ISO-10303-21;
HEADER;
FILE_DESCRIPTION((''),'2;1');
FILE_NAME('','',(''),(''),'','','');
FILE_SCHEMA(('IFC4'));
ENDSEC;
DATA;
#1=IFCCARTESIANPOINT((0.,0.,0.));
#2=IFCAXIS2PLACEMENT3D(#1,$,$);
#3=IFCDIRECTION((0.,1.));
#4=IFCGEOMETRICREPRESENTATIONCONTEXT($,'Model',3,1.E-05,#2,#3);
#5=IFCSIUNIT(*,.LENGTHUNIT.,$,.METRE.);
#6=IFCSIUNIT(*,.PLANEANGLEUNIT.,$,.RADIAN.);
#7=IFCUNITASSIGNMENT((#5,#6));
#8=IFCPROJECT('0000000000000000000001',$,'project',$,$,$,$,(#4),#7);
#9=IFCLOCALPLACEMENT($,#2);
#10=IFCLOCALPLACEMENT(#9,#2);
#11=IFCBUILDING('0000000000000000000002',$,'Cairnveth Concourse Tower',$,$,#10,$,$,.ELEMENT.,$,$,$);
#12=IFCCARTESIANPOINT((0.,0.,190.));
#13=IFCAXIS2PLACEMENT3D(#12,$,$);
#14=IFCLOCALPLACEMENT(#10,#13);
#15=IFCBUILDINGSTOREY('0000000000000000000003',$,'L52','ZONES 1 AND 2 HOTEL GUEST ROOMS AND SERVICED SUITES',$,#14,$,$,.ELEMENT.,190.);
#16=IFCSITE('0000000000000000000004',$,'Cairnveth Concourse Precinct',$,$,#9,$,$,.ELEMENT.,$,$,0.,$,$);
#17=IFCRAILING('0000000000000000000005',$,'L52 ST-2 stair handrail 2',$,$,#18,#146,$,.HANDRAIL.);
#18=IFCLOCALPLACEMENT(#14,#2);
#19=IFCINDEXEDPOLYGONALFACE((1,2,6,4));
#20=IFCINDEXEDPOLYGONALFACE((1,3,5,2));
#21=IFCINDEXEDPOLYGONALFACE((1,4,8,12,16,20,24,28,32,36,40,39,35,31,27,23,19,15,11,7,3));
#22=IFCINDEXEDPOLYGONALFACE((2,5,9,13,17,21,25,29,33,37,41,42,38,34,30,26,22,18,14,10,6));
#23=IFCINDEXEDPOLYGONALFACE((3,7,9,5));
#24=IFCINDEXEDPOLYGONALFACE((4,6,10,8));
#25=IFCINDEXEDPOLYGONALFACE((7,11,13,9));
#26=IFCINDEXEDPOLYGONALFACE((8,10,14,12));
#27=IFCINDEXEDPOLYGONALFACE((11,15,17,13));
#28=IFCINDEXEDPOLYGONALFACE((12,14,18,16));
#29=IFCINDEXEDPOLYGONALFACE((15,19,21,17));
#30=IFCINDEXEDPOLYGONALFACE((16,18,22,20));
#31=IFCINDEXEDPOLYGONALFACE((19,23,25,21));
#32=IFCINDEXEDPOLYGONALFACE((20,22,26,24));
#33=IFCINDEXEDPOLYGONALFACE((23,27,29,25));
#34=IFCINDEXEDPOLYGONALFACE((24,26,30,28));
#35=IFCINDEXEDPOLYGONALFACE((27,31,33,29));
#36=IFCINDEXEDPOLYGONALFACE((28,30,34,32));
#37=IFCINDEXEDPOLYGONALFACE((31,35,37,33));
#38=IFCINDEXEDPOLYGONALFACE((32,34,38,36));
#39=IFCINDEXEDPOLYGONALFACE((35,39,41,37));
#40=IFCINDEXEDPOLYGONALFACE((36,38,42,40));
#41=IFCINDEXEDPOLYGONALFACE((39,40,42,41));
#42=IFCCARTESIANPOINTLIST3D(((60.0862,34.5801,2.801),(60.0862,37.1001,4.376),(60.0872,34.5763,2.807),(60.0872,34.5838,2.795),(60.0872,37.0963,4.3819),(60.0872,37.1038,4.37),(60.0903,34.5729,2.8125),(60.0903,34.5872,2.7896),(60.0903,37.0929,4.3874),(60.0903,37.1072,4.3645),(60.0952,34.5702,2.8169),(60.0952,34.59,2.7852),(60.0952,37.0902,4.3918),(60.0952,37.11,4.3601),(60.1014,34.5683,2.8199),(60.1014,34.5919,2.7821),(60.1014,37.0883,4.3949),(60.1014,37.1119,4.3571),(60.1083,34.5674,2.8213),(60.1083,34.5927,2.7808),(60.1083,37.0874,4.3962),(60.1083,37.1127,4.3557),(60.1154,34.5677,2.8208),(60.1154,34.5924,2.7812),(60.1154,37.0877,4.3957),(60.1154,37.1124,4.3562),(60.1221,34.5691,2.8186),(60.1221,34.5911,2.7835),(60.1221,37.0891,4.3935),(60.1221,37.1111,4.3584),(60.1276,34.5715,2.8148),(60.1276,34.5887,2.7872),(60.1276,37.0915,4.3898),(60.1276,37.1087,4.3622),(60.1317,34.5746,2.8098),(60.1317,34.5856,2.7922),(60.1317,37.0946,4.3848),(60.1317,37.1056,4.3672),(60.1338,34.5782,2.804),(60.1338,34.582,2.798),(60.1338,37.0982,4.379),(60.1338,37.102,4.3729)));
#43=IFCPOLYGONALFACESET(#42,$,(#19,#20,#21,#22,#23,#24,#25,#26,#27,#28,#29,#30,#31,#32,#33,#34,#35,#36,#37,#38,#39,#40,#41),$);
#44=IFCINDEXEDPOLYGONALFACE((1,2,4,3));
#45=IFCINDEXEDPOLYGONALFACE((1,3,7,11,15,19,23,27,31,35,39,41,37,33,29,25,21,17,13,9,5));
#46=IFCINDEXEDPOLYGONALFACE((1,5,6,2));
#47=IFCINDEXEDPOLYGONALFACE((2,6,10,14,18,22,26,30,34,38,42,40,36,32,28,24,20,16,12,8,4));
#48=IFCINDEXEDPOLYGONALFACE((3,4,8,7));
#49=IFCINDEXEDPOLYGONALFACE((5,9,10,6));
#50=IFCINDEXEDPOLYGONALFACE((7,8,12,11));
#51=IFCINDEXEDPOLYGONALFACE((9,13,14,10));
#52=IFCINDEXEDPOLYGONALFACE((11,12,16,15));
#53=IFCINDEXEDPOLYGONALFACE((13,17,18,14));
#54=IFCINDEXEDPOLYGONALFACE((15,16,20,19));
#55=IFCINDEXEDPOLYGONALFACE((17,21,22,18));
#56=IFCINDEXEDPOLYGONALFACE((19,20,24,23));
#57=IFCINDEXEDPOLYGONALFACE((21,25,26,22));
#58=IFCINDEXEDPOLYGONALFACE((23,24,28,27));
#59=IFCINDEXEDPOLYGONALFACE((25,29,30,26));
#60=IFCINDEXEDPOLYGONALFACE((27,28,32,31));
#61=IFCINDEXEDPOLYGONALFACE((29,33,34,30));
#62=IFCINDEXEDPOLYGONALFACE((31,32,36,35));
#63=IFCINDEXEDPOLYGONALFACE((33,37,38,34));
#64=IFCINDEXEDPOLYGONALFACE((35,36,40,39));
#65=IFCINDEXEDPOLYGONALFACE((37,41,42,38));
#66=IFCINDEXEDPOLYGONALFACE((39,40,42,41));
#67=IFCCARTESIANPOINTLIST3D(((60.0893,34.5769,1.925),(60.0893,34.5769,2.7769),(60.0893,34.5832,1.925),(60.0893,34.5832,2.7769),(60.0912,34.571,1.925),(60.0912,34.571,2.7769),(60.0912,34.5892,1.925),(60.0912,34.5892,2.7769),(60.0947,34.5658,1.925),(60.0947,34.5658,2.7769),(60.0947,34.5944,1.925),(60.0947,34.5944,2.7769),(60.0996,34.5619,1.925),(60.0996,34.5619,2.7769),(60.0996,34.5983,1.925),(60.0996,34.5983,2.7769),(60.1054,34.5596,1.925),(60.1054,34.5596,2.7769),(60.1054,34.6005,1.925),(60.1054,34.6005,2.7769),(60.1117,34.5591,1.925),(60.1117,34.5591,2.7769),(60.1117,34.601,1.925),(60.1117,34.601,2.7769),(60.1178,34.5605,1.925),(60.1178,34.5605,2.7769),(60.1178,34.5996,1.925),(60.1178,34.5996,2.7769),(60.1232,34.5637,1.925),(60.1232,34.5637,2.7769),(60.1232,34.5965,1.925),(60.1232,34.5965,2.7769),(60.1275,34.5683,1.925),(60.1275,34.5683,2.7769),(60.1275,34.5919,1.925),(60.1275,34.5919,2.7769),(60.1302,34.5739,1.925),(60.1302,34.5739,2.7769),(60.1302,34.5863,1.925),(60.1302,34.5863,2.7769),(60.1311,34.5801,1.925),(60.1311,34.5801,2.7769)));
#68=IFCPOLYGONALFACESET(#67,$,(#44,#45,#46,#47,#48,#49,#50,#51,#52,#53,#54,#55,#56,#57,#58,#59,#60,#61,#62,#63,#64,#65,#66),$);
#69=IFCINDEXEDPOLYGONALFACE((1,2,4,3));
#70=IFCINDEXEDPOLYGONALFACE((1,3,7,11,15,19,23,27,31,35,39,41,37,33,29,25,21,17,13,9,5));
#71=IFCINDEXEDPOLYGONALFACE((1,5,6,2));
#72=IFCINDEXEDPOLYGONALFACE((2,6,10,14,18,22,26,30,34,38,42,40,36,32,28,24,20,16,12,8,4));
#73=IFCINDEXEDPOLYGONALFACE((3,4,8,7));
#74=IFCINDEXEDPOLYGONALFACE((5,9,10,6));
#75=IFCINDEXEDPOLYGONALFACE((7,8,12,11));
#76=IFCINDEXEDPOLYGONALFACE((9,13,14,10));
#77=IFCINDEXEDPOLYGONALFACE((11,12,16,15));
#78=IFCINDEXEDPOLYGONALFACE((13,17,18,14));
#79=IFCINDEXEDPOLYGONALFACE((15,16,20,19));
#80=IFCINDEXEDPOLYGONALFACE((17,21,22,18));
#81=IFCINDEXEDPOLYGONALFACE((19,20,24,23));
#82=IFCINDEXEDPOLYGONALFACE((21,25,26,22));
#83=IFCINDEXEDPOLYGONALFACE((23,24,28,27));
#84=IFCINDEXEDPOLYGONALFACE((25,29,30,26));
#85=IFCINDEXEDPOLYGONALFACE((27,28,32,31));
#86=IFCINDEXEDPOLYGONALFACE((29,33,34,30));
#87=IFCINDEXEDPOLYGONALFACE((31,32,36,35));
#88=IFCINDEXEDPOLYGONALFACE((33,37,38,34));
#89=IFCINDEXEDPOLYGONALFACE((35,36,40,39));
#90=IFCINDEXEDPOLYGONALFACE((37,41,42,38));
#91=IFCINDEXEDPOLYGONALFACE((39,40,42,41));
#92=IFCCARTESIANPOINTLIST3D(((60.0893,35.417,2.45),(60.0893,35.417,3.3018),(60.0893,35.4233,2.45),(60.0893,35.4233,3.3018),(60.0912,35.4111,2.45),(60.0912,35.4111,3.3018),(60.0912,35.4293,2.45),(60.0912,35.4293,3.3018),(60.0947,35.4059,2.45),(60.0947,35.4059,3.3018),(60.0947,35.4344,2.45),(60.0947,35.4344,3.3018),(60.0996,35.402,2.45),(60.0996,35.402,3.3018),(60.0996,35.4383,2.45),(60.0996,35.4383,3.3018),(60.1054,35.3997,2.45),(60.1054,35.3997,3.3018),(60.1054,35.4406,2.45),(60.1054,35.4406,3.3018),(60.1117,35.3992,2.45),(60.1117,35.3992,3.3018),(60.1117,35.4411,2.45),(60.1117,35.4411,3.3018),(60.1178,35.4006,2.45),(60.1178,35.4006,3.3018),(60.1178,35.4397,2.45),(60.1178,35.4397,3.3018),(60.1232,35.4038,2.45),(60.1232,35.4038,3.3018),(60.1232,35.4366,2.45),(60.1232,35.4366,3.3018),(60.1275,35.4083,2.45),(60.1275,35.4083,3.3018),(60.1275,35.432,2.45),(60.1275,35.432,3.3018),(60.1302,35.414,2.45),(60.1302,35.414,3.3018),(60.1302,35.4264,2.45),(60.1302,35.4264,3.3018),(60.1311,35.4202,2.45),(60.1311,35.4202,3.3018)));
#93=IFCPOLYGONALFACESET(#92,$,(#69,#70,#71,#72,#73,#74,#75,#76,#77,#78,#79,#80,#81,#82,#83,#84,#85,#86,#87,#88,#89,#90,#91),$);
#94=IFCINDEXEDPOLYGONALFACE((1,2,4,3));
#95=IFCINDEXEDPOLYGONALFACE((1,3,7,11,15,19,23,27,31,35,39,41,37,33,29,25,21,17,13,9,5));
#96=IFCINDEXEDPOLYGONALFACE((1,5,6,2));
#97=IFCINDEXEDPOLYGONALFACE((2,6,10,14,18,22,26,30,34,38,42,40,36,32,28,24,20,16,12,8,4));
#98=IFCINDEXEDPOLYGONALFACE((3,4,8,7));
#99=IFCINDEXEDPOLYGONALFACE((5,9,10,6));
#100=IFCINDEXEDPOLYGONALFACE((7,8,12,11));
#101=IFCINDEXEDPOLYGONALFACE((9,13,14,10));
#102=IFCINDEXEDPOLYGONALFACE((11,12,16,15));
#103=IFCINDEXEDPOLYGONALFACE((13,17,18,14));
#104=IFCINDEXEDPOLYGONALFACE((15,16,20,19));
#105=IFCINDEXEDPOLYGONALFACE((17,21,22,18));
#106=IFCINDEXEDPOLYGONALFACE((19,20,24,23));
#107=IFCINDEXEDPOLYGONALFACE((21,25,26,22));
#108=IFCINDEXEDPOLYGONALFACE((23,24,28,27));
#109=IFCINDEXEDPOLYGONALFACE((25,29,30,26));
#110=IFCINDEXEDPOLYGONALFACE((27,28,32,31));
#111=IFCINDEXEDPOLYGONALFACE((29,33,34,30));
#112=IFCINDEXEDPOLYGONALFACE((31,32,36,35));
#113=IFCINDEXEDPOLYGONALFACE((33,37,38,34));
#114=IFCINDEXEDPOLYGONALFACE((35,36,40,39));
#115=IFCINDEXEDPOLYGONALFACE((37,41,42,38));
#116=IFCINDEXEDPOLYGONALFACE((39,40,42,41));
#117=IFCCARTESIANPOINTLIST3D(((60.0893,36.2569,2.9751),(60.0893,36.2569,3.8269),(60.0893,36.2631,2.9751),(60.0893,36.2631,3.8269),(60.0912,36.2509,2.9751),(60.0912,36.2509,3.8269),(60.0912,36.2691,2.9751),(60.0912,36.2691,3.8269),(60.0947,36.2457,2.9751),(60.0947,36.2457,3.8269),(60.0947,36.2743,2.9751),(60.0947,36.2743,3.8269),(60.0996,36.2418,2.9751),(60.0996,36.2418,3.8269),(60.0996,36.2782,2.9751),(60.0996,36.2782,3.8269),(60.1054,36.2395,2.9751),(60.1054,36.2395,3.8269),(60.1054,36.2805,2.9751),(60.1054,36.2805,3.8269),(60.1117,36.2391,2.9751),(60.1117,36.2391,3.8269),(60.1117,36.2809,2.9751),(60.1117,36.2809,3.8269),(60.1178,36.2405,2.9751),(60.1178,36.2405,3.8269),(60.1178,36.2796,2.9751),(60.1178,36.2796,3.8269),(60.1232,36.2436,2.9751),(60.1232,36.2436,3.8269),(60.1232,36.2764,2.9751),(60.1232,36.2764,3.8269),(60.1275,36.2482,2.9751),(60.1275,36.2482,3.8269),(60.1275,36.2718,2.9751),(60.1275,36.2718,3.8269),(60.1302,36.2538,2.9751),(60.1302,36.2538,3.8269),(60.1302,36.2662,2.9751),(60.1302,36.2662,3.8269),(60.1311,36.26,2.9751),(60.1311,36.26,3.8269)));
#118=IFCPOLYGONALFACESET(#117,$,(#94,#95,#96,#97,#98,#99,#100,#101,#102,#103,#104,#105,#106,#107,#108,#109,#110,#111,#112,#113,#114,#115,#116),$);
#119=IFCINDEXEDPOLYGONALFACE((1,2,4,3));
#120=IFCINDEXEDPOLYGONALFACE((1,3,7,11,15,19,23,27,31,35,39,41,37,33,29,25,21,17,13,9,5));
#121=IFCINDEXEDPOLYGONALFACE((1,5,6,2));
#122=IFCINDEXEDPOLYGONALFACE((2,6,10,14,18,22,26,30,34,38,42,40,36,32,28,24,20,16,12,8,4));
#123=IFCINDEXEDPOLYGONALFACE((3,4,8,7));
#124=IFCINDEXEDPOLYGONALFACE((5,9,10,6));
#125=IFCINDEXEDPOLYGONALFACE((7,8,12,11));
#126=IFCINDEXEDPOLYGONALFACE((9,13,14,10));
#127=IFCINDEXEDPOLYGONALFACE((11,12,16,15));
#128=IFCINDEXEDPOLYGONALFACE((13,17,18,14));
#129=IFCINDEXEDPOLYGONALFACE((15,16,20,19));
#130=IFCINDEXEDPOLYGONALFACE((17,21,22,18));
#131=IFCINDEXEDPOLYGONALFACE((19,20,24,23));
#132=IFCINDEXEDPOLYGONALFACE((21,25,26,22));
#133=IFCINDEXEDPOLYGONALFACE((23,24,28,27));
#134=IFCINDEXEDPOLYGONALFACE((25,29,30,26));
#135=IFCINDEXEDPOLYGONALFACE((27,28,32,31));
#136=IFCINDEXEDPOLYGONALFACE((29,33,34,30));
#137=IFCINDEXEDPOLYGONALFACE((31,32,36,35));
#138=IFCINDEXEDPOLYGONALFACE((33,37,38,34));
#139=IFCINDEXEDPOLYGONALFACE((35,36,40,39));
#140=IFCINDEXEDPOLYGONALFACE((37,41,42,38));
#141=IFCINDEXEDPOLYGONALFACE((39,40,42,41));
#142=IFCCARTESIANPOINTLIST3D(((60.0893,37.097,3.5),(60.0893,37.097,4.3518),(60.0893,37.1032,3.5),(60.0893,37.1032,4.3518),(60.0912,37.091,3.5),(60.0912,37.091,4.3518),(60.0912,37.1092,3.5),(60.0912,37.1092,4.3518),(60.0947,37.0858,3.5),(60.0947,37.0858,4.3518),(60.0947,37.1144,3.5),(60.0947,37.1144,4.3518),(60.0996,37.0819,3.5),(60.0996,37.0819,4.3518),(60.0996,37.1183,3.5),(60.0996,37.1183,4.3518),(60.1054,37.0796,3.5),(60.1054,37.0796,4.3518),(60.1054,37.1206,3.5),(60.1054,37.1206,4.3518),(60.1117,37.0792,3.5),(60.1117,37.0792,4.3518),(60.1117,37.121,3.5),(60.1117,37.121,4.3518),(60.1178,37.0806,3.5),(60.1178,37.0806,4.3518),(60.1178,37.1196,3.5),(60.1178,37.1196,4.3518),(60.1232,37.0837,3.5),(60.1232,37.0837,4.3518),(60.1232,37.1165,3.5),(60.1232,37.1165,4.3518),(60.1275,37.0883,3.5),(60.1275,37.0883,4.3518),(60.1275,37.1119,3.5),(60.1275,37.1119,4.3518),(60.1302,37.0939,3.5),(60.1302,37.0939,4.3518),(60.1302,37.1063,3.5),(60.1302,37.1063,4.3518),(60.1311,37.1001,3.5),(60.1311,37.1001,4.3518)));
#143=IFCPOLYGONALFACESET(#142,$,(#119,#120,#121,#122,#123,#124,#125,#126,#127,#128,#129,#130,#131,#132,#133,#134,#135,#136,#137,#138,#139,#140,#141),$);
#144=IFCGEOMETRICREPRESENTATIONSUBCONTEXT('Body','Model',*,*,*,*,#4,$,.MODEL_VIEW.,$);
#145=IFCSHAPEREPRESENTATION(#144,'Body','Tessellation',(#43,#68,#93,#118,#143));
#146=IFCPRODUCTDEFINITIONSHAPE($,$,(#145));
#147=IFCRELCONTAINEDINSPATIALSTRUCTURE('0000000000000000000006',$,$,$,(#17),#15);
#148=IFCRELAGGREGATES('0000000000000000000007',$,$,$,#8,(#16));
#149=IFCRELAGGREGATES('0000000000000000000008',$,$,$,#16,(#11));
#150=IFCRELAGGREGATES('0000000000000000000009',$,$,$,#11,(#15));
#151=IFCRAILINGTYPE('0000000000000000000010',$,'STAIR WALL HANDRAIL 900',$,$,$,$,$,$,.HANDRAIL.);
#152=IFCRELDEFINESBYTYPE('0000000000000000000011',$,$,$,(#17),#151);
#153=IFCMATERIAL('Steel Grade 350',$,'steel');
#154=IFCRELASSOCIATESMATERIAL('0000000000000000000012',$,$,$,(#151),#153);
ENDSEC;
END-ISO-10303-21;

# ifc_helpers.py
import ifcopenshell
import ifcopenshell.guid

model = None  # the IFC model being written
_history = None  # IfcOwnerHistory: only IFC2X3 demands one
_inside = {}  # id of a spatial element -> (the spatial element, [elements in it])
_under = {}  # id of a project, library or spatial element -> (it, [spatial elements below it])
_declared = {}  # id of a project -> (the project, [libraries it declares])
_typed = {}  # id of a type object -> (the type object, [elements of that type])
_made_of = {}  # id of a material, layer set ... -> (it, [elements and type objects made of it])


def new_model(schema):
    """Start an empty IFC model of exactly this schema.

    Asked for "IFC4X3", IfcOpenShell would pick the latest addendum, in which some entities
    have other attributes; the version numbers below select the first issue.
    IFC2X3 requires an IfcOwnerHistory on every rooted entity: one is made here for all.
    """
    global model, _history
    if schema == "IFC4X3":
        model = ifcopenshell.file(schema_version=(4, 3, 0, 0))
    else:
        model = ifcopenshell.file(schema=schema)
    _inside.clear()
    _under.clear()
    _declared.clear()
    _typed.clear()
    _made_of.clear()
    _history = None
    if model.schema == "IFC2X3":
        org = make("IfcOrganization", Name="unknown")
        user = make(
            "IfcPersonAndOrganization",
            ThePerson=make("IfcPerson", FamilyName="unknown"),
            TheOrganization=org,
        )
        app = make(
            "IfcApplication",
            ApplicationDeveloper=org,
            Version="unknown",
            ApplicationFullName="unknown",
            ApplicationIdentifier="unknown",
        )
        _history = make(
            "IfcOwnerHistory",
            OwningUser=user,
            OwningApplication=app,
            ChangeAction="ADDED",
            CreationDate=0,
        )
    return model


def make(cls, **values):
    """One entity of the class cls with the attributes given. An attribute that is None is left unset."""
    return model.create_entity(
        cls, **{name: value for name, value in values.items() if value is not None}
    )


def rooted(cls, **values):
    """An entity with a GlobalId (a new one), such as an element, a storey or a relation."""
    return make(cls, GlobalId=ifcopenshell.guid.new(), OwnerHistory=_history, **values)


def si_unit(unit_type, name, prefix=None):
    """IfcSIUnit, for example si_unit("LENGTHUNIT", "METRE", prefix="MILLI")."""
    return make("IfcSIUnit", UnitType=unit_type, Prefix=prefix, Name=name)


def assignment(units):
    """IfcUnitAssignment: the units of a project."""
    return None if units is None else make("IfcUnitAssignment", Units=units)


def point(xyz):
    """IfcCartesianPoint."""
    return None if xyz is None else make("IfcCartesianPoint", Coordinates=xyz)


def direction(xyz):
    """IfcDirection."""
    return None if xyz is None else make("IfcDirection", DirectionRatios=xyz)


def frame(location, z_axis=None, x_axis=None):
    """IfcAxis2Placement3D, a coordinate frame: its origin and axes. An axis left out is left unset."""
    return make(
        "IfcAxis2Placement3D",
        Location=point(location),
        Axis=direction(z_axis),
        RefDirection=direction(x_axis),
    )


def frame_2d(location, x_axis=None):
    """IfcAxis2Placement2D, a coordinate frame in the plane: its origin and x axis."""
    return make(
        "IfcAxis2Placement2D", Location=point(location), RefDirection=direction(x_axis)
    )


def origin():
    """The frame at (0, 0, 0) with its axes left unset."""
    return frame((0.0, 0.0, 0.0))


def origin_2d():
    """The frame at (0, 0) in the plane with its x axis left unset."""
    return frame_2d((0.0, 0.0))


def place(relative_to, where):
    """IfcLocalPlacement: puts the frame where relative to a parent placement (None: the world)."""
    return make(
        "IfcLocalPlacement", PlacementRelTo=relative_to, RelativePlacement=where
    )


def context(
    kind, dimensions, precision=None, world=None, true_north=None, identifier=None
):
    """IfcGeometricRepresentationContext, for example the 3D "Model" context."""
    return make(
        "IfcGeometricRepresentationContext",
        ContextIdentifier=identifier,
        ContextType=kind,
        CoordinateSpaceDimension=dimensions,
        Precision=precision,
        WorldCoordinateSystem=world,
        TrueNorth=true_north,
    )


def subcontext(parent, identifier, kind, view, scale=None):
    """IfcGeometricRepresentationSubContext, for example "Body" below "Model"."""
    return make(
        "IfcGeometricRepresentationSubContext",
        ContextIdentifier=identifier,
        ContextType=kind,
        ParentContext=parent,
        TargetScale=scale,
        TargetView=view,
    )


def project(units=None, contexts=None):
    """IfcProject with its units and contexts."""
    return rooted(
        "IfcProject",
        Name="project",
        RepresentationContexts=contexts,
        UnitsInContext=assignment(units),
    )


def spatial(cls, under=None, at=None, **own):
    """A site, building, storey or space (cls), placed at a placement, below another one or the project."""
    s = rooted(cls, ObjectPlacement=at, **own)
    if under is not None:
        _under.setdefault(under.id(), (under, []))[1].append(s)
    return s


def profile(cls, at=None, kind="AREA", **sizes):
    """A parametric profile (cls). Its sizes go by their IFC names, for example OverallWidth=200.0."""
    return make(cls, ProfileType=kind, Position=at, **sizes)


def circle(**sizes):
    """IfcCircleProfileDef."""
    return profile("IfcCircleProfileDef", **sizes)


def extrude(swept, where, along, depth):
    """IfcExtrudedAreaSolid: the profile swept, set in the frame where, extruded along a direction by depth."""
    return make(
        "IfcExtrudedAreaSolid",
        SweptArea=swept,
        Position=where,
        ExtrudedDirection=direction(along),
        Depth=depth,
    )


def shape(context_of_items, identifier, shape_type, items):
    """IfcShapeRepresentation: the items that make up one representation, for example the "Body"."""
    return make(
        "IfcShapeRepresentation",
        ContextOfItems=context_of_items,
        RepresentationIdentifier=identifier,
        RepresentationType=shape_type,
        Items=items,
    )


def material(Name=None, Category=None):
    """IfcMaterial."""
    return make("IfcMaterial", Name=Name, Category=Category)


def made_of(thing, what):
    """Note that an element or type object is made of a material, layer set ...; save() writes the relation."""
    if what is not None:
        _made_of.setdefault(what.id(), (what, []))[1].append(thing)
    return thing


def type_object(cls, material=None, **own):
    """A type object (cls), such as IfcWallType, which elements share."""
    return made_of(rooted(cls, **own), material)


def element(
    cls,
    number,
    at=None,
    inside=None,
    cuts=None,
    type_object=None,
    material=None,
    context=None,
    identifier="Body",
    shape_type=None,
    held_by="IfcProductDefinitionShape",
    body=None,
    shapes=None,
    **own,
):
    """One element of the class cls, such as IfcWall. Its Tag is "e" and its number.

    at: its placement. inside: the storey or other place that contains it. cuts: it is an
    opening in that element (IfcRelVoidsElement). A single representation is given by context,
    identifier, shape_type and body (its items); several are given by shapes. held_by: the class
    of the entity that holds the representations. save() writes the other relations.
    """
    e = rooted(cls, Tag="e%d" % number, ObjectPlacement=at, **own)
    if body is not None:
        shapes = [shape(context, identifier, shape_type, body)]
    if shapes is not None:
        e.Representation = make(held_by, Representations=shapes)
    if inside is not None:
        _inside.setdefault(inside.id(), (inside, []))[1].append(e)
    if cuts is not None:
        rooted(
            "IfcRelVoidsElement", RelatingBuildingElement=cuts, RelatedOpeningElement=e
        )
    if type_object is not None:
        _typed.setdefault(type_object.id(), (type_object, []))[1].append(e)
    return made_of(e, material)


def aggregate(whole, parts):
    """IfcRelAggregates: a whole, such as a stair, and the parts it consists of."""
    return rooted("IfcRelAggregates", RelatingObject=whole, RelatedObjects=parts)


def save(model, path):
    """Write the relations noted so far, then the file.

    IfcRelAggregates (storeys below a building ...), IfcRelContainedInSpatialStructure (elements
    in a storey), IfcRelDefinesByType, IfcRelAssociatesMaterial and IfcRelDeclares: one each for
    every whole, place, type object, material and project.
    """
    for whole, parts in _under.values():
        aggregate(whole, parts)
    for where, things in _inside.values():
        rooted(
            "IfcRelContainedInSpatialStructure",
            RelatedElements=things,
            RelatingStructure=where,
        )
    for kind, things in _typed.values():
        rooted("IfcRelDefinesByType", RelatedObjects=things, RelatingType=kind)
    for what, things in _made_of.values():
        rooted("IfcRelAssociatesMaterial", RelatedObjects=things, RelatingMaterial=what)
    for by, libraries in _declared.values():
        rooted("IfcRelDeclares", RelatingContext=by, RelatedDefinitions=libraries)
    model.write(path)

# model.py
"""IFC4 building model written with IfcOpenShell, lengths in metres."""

from ifc_helpers import new_model, si_unit, direction, frame, origin, origin_2d, place, context, subcontext, project, spatial, circle, extrude, material, type_object, element, save


model = new_model("IFC4")

# Units and contexts
model_context = context("Model", 3, precision=1e-05, world=origin(), true_north=direction((0.0, 1.0)))
body_context = subcontext(model_context, "Body", "Model", "MODEL_VIEW")
ifc_project = project(units=[si_unit("LENGTHUNIT", "METRE"), si_unit("PLANEANGLEUNIT", "RADIAN")], contexts=[model_context])

# Site, building, storey
site_placement = place(None, origin())
site = spatial("IfcSite", under=ifc_project, at=site_placement, Name="Cairnveth Concourse Precinct", CompositionType="ELEMENT", RefElevation=0.0)
building_placement = place(site_placement, origin())
building = spatial("IfcBuilding", under=site, at=building_placement, Name="Cairnveth Concourse Tower", CompositionType="ELEMENT")
storey_placement = place(building_placement, frame((0.0, 0.0, 190.0)))
storey = spatial("IfcBuildingStorey", under=building, at=storey_placement, Name="L52", Description="ZONES 1 AND 2 HOTEL GUEST ROOMS AND SERVICED SUITES", CompositionType="ELEMENT", Elevation=190.0)

# Shared definitions
ifc_material_1 = material(Name="Steel Grade 350", Category="steel")

# Railing
railing_type_1 = type_object("IfcRailingType", Name="STAIR WALL HANDRAIL 900", PredefinedType="HANDRAIL", material=ifc_material_1)
railing_1_placement = place(storey_placement, frame((60.1101, 34.5801, 1.925)))
element("IfcRailing", 1, at=railing_1_placement, inside=storey, type_object=railing_type_1, Name="L52 ST-2 stair handrail 2", PredefinedType="HANDRAIL", context=body_context, shape_type="SweptSolid", body=[
    extrude(circle(Radius=0.0239, at=origin_2d()), frame((0.0, 0.0, 0.876), z_axis=(0.0, 0.848008, 0.529984), x_axis=(-1.0, 0.0, 0.0)), (0.0, 0.0, 1.0), 2.9717),
    extrude(circle(Radius=0.021, at=origin_2d()), origin(), (0.0, 0.0, 1.0), 0.8518),
    extrude(circle(Radius=0.021, at=origin_2d()), frame((0.0, 0.8401, 0.5249)), (0.0, 0.0, 1.0), 0.8518),
    extrude(circle(Radius=0.021, at=origin_2d()), frame((0.0, 1.6799, 1.05)), (0.0, 0.0, 1.0), 0.8518),
    extrude(circle(Radius=0.021, at=origin_2d()), frame((0.0, 2.52, 1.575)), (0.0, 0.0, 1.0), 0.8518),
])

save(model, "model.ifc")
